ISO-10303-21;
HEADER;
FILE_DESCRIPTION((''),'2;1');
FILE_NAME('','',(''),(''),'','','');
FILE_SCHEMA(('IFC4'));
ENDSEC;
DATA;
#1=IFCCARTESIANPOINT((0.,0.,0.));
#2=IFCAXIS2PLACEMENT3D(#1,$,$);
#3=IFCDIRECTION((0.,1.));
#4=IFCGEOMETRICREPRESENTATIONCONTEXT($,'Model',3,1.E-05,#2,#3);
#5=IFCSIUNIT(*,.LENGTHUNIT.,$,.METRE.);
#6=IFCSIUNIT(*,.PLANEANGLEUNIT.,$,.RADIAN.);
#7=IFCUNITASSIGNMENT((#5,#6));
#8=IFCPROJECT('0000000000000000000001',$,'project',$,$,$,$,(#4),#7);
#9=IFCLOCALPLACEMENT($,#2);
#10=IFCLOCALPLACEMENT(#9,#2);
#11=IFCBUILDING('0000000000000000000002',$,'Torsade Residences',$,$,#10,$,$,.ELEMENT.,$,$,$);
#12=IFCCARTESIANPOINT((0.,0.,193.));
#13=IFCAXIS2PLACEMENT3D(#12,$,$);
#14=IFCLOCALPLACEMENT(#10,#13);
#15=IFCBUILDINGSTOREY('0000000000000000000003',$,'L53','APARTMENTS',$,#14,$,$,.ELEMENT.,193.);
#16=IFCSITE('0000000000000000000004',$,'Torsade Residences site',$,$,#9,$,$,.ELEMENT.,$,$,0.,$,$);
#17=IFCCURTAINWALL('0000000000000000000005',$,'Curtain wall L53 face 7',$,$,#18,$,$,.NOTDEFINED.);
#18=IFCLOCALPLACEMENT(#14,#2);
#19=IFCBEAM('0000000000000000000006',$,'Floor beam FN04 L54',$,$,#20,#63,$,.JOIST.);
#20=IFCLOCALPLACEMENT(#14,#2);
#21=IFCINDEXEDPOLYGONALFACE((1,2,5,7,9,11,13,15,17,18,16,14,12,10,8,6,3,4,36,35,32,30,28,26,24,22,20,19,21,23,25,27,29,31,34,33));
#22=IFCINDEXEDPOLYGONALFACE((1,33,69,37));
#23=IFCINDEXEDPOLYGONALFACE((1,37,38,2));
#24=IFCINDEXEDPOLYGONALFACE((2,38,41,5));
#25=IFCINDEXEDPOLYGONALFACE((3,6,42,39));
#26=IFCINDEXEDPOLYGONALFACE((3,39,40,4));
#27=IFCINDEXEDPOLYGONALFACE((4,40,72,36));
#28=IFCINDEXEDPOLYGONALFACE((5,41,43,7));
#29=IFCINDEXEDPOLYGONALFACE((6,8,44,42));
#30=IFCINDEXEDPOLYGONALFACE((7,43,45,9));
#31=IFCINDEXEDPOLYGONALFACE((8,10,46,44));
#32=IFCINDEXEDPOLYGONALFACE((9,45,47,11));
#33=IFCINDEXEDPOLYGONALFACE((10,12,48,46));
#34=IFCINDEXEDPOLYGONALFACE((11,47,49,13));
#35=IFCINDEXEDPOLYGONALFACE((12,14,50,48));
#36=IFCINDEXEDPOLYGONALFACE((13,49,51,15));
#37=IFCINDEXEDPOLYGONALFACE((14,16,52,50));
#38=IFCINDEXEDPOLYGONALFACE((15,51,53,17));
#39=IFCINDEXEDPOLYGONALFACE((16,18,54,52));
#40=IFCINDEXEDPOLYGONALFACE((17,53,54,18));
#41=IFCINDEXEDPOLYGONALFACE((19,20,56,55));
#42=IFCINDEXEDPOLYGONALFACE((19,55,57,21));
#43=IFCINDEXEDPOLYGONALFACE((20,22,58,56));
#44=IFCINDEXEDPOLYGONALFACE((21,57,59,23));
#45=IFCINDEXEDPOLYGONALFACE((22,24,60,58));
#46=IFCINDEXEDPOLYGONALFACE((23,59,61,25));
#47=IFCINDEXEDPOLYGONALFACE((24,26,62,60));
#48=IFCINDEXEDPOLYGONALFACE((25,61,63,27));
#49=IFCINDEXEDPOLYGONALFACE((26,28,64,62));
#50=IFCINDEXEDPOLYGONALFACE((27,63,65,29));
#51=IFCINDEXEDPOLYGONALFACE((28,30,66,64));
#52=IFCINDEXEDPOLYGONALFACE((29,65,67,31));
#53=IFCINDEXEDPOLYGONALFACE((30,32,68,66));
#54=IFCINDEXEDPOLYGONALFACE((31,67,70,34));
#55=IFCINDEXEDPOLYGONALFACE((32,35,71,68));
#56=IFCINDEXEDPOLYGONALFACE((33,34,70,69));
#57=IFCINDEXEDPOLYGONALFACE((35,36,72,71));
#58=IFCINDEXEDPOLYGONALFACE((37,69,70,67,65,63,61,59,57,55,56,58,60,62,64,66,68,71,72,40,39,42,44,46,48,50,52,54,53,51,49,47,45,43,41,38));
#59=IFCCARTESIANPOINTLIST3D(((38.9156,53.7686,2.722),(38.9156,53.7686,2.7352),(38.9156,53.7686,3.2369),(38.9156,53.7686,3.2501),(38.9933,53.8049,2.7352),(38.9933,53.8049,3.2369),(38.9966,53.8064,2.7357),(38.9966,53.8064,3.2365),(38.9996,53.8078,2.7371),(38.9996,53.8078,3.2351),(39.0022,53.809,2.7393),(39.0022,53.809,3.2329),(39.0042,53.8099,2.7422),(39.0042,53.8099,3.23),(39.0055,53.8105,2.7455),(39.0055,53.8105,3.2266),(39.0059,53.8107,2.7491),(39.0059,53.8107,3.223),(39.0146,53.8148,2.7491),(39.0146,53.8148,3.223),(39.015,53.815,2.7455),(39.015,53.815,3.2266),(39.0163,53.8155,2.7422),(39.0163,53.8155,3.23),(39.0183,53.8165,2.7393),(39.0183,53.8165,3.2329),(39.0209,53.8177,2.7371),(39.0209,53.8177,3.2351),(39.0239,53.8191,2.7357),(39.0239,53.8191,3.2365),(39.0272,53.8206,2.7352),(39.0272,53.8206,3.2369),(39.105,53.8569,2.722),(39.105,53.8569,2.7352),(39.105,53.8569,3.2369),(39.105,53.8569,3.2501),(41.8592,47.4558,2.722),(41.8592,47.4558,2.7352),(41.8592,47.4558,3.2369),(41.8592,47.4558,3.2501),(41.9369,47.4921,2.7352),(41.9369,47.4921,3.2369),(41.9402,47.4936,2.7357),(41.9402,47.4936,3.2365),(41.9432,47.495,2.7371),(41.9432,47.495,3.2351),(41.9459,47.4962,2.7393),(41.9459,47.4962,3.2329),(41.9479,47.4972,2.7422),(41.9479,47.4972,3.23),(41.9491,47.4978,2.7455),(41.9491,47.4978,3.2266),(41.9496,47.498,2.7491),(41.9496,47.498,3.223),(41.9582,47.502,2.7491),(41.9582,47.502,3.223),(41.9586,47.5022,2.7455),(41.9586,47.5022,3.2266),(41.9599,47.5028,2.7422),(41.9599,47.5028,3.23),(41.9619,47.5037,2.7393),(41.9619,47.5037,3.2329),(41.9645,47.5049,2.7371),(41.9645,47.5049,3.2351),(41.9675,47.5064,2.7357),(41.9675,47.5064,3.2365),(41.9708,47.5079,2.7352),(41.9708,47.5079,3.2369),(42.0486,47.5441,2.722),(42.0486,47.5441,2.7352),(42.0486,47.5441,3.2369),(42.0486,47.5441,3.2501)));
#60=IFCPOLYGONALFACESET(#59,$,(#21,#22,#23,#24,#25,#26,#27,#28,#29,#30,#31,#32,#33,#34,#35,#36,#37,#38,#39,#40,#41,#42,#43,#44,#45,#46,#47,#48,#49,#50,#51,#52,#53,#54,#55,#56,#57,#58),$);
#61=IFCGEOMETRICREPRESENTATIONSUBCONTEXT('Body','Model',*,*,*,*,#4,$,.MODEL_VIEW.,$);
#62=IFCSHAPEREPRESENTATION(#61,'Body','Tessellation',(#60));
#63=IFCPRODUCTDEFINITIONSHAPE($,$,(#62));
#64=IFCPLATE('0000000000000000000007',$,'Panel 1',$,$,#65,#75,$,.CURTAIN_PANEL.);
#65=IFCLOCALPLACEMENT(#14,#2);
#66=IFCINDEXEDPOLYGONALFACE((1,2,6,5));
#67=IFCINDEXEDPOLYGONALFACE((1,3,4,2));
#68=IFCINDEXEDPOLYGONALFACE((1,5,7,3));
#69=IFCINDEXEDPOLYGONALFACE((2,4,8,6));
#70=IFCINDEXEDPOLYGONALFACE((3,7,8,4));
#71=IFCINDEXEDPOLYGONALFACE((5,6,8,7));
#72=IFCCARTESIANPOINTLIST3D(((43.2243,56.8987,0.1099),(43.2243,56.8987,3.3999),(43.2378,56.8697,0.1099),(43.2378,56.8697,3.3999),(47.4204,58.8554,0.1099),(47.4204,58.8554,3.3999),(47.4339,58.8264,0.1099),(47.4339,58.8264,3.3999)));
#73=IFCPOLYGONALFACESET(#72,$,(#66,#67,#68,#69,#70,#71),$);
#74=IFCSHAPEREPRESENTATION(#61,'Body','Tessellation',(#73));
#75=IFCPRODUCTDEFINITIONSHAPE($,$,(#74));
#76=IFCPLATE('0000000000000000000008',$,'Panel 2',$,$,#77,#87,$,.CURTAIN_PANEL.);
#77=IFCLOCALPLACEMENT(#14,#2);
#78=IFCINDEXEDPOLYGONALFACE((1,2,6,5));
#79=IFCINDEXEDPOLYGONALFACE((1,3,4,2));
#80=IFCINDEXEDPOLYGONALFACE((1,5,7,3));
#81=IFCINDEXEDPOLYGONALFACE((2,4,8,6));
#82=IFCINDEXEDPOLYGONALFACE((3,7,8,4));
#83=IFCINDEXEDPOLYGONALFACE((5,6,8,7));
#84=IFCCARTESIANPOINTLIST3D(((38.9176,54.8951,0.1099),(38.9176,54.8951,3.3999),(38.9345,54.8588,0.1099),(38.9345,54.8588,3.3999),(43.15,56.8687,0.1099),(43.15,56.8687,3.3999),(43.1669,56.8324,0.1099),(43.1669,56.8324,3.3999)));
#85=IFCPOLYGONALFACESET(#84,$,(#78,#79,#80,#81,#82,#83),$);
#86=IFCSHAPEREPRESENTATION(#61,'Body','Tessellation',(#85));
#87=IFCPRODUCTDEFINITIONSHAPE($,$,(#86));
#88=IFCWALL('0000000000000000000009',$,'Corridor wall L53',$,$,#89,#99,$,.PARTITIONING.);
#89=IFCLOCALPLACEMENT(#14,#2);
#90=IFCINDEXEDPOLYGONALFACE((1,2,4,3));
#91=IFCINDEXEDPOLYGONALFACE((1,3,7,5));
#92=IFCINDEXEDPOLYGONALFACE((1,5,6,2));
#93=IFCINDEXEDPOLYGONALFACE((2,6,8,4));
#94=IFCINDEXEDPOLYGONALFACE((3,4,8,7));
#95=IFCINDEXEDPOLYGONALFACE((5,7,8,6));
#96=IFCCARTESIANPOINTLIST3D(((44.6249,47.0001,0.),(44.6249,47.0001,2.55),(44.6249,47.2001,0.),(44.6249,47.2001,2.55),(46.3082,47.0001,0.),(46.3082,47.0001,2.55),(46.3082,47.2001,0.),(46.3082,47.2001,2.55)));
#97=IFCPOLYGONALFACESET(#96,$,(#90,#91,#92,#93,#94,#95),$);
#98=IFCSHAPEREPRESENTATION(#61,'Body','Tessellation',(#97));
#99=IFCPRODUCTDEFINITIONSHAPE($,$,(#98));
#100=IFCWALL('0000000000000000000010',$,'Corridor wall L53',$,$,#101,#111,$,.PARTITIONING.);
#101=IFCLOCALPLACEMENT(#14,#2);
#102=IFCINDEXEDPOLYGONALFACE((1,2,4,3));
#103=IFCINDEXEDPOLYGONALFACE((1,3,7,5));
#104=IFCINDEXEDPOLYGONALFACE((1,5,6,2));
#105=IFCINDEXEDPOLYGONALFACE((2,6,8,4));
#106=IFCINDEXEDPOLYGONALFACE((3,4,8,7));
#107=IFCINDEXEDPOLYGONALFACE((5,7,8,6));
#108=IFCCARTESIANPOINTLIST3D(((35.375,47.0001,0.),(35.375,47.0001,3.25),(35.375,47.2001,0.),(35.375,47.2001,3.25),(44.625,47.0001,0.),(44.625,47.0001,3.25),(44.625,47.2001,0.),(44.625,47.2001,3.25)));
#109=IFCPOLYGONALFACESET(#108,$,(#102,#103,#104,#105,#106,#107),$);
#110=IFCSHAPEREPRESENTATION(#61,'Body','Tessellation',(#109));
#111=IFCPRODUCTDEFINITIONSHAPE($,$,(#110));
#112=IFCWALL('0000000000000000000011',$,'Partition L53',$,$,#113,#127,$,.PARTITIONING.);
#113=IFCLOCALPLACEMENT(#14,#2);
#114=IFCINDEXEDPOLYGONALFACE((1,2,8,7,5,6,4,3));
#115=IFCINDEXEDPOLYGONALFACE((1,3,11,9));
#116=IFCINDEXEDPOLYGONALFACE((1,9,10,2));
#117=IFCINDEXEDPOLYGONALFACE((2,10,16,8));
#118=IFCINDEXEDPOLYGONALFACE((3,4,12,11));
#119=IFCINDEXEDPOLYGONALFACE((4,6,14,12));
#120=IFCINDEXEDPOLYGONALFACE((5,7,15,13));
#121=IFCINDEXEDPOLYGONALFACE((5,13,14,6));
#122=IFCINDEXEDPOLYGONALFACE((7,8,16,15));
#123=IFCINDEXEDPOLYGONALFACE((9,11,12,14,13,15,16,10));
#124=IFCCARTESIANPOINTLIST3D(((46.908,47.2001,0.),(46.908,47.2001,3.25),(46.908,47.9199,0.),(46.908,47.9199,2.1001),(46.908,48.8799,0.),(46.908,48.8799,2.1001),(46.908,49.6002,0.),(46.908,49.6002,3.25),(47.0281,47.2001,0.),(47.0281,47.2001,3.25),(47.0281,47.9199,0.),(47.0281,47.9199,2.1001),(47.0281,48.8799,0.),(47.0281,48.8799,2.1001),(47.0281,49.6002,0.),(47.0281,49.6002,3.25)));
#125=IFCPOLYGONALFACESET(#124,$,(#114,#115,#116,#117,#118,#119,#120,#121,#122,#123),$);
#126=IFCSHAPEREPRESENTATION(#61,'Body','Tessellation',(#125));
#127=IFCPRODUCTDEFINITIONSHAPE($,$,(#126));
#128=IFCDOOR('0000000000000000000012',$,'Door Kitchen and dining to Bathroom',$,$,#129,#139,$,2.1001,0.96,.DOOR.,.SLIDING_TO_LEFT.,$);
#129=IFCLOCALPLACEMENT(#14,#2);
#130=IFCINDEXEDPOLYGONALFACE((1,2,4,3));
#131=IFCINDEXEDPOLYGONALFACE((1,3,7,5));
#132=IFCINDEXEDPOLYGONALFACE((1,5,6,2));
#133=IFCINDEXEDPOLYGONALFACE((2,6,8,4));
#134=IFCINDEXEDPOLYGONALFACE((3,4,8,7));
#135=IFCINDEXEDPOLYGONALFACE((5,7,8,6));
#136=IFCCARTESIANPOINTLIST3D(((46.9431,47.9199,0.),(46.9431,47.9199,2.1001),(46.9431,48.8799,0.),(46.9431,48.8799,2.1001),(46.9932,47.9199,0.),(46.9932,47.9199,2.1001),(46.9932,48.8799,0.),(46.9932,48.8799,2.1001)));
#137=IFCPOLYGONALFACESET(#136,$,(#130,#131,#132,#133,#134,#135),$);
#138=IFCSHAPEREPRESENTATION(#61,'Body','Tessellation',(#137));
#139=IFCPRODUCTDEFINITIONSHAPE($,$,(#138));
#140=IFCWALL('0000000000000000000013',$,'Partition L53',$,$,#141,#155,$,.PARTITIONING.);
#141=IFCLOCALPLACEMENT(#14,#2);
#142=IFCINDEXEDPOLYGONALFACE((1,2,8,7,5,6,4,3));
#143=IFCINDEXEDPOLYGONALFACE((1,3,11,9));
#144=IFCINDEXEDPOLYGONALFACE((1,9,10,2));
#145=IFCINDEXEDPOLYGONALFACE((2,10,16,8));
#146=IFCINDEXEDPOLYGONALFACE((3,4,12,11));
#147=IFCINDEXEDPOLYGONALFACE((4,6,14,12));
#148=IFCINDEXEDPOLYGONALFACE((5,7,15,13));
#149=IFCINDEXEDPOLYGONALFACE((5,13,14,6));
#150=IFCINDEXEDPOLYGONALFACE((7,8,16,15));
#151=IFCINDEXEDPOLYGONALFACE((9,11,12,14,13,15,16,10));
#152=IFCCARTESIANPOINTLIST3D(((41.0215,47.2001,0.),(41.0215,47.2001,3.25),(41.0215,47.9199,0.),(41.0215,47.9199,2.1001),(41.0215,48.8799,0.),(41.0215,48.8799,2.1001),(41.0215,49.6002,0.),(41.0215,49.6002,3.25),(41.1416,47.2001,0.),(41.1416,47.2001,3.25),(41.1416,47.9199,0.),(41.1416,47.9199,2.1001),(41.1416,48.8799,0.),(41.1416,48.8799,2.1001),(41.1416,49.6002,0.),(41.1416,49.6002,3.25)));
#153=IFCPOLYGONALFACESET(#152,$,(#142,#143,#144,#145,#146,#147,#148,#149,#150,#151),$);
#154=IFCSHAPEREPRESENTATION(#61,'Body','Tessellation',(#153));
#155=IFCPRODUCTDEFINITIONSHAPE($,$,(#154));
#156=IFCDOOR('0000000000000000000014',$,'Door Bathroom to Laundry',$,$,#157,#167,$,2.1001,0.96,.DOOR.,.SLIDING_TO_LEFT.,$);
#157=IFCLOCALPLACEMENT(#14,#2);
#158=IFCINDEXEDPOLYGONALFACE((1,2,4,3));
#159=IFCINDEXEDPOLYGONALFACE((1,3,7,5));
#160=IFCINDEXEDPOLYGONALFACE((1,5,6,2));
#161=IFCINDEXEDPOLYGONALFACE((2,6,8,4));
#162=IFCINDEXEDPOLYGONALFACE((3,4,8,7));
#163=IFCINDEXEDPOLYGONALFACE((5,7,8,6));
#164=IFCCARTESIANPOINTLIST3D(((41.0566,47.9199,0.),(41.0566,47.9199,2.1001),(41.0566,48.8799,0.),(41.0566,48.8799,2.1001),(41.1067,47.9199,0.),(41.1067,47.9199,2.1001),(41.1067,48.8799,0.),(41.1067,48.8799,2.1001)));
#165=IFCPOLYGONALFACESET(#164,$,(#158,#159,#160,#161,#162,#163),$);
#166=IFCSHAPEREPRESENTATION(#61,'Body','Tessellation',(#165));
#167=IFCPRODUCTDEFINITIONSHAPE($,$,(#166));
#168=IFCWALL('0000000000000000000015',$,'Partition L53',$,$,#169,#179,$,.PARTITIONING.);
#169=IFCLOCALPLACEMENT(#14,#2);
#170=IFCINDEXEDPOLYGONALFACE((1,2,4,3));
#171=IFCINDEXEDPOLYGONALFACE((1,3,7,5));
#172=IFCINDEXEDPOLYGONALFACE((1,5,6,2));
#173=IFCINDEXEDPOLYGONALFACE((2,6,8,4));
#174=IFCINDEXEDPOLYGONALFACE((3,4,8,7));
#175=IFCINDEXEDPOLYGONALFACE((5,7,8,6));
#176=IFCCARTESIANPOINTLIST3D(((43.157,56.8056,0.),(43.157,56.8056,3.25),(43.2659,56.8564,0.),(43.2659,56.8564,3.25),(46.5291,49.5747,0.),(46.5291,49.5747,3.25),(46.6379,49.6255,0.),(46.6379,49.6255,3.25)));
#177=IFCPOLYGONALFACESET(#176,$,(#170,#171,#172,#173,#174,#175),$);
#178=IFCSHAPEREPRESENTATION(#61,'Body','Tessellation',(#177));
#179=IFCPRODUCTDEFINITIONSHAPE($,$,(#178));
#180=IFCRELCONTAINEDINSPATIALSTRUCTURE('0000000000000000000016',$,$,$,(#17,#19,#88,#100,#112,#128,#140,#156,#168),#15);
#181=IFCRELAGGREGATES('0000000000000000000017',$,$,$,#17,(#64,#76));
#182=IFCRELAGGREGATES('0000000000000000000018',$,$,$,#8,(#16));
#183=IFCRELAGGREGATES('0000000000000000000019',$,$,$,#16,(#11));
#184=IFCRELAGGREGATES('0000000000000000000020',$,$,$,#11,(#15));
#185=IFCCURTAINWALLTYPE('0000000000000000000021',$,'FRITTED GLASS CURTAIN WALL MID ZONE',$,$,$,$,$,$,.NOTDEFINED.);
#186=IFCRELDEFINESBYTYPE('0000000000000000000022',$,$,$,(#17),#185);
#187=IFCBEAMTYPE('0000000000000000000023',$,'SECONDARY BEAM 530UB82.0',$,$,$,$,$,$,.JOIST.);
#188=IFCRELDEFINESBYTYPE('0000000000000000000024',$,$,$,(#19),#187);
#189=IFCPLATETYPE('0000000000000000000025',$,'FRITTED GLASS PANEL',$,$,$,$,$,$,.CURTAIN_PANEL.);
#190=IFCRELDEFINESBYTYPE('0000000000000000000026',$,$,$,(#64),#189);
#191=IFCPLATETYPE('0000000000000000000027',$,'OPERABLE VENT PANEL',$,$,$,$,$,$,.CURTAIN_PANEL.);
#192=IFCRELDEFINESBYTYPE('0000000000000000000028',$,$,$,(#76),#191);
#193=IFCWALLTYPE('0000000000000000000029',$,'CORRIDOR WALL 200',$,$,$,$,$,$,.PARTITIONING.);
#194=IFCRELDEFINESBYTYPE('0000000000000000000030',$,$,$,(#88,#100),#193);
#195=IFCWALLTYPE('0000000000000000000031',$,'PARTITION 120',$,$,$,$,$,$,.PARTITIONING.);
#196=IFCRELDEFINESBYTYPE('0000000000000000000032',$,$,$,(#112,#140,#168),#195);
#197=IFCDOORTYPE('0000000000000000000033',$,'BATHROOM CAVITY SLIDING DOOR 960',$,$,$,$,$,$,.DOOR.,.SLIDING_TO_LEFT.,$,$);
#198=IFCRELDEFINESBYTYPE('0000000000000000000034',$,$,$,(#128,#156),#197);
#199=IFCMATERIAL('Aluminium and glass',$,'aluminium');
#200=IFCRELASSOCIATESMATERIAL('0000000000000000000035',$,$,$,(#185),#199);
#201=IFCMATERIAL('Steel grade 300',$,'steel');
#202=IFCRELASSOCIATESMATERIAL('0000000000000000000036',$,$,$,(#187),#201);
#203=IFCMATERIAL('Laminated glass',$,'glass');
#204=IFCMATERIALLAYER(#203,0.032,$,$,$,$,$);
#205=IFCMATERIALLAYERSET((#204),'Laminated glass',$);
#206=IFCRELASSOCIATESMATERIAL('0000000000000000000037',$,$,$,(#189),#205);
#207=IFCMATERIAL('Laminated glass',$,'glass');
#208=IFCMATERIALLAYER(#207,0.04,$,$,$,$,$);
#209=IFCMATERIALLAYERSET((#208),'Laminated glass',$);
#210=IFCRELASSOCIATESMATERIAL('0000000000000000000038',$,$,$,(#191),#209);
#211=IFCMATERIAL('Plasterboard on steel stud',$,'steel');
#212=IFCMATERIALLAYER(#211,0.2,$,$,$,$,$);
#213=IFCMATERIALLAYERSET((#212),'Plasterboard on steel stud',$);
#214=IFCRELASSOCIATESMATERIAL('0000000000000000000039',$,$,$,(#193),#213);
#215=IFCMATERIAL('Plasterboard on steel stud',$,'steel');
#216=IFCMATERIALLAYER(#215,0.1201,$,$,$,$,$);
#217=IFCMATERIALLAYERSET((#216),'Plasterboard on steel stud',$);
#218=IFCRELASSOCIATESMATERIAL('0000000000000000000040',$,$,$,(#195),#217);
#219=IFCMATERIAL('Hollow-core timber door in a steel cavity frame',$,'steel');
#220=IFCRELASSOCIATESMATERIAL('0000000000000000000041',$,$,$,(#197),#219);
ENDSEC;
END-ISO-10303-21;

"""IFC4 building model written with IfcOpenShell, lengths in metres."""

from ifc_helpers import new_model, si_unit, direction, frame, frame_2d, origin, origin_2d, place, context, subcontext, project, spatial, rectangle, i_section, extrude, material, layer, layer_set, material_profile, profile_set, type_object, element, fill, aggregate, save


model = new_model("IFC4")

# Units and contexts
model_context = context("Model", 3, precision=1e-05, world=origin(), true_north=direction((0.0, 1.0)))
body_context = subcontext(model_context, "Body", "Model", "MODEL_VIEW")
ifc_project = project(units=[si_unit("LENGTHUNIT", "METRE"), si_unit("PLANEANGLEUNIT", "RADIAN")], contexts=[model_context])

# Site, building, storey
site_placement = place(None, origin())
site = spatial("IfcSite", under=ifc_project, at=site_placement, Name="Torsade Residences site", CompositionType="ELEMENT", RefElevation=0.0)
building_placement = place(site_placement, origin())
building = spatial("IfcBuilding", under=site, at=building_placement, Name="Torsade Residences", CompositionType="ELEMENT")
storey_placement = place(building_placement, frame((0.0, 0.0, 193.0)))
storey = spatial("IfcBuildingStorey", under=building, at=storey_placement, Name="L53", Description="APARTMENTS", CompositionType="ELEMENT", Elevation=193.0)

# Curtain wall
ifc_material_1 = material(Name="Aluminium and glass", Category="aluminium")
curtain_wall_type = type_object("IfcCurtainWallType", Name="FRITTED GLASS CURTAIN WALL MID ZONE", PredefinedType="NOTDEFINED", material=ifc_material_1)
curtain_wall_placement = place(storey_placement, origin())
curtain_wall = element("IfcCurtainWall", 1, at=curtain_wall_placement, inside=storey, type_object=curtain_wall_type, Name="Curtain wall L53 face 7", PredefinedType="NOTDEFINED")

# Beam
ifc_material_2 = material(Name="Steel grade 300", Category="steel")
ifc_material_profile_1 = material_profile(ifc_material_2, i_section(OverallWidth=0.209, OverallDepth=0.5281, WebThickness=0.0095, FlangeThickness=0.0132, FilletRadius=0.0139, at=origin_2d()), Name="530UB82.0")
ifc_profile_set_1 = profile_set([ifc_material_profile_1], Name="Steel grade 300")
beam_type_1 = type_object("IfcBeamType", Name="SECONDARY BEAM 530UB82.0", PredefinedType="JOIST", material=ifc_profile_set_1)
beam_1_placement = place(storey_placement, frame((39.0103, 53.8127, 2.9861), z_axis=(0.422609, -0.906312, 0.0), x_axis=(0.906312, 0.422609, 0.0)))
element("IfcBeam", 2, at=beam_1_placement, inside=storey, type_object=beam_type_1, Name="Floor beam FN04 L54", PredefinedType="JOIST", context=body_context, shape_type="SweptSolid", body=[
    extrude(i_section(OverallWidth=0.209, OverallDepth=0.5281, WebThickness=0.0095, FlangeThickness=0.0132, FilletRadius=0.0139, at=origin_2d()), origin(), (0.0, 0.0, 1.0), 6.9653),
])

# Plates
ifc_material_3 = material(Name="Laminated glass", Category="glass")
ifc_layer_1 = layer(ifc_material_3, 0.032)
ifc_layer_set_1 = layer_set([ifc_layer_1], Name="Laminated glass")
plate_type_1 = type_object("IfcPlateType", Name="FRITTED GLASS PANEL", PredefinedType="CURTAIN_PANEL", material=ifc_layer_set_1)
plate_1_placement = place(storey_placement, frame((45.3291, 57.8625, 0.1099), z_axis=(0.0, 0.0, 1.0), x_axis=(-0.906308, -0.422618, 0.0)))
plate_1 = element("IfcPlate", 3, at=plate_1_placement, type_object=plate_type_1, Name="Panel 1", PredefinedType="CURTAIN_PANEL", context=body_context, shape_type="SweptSolid", body=[
    extrude(rectangle(XDim=4.6299, YDim=0.032, at=origin_2d()), origin(), (0.0, 0.0, 1.0), 3.29),
])
ifc_material_4 = material(Name="Laminated glass", Category="glass")
ifc_layer_2 = layer(ifc_material_4, 0.04)
ifc_layer_set_2 = layer_set([ifc_layer_2], Name="Laminated glass")
plate_type_2 = type_object("IfcPlateType", Name="OPERABLE VENT PANEL", PredefinedType="CURTAIN_PANEL", material=ifc_layer_set_2)
plate_2_placement = place(storey_placement, frame((41.0422, 55.8638, 0.1099), z_axis=(0.0, 0.0, 1.0), x_axis=(-0.906308, -0.422618, 0.0)))
plate_2 = element("IfcPlate", 4, at=plate_2_placement, type_object=plate_type_2, Name="Panel 2", PredefinedType="CURTAIN_PANEL", context=body_context, shape_type="SweptSolid", body=[
    extrude(rectangle(XDim=4.6699, YDim=0.04, at=origin_2d()), origin(), (0.0, 0.0, 1.0), 3.29),
])
aggregate(curtain_wall, [plate_1, plate_2])

# Walls
ifc_material_5 = material(Name="Plasterboard on steel stud", Category="steel")
ifc_layer_3 = layer(ifc_material_5, 0.2)
ifc_layer_set_3 = layer_set([ifc_layer_3], Name="Plasterboard on steel stud")
wall_type_1 = type_object("IfcWallType", Name="CORRIDOR WALL 200", PredefinedType="PARTITIONING", material=ifc_layer_set_3)
wall_1_placement = place(storey_placement, frame((46.3083, 47.1001, 0.0), z_axis=(0.0, 0.0, 1.0), x_axis=(-1.0, 0.0, 0.0)))
element("IfcWall", 5, at=wall_1_placement, inside=storey, type_object=wall_type_1, Name="Corridor wall L53", PredefinedType="PARTITIONING", context=body_context, shape_type="SweptSolid", body=[
    extrude(rectangle(XDim=1.6833, YDim=0.2, at=frame_2d((0.8418, 0.0))), origin(), (0.0, 0.0, 1.0), 2.55),
])
wall_2_placement = place(storey_placement, frame((44.625, 47.1001, 0.0), z_axis=(0.0, 0.0, 1.0), x_axis=(-1.0, 0.0, 0.0)))
element("IfcWall", 6, at=wall_2_placement, inside=storey, type_object=wall_type_1, Name="Corridor wall L53", PredefinedType="PARTITIONING", context=body_context, shape_type="SweptSolid", body=[
    extrude(rectangle(XDim=9.25, YDim=0.2, at=frame_2d((4.625, 0.0))), origin(), (0.0, 0.0, 1.0), 3.25),
])

# Walls, openings, doors
ifc_material_6 = material(Name="Plasterboard on steel stud", Category="steel")
ifc_layer_4 = layer(ifc_material_6, 0.1201)
ifc_layer_set_4 = layer_set([ifc_layer_4], Name="Plasterboard on steel stud")
wall_type_2 = type_object("IfcWallType", Name="PARTITION 120", PredefinedType="PARTITIONING", material=ifc_layer_set_4)
wall_3_placement = place(storey_placement, frame((46.968, 47.2, 0.0), z_axis=(0.0, 0.0, 1.0), x_axis=(0.0, 1.0, 0.0)))
wall_3 = element("IfcWall", 7, at=wall_3_placement, inside=storey, type_object=wall_type_2, Name="Partition L53", PredefinedType="PARTITIONING", context=body_context, shape_type="SweptSolid", body=[
    extrude(rectangle(XDim=2.4001, YDim=0.1201, at=frame_2d((1.2002, 0.0))), origin(), (0.0, 0.0, 1.0), 3.25),
])
opening_1_placement = place(wall_3_placement, frame((0.72, 0.0, 0.0)))
opening_1 = element("IfcOpeningElement", 8, at=opening_1_placement, cuts=wall_3, PredefinedType="OPENING", context=body_context, shape_type="SweptSolid", body=[
    extrude(rectangle(XDim=0.96, YDim=2.1001, at=frame_2d((0.48, 1.05))), frame((0.0, 0.0701, 0.0), z_axis=(0.0, -1.0, 0.0), x_axis=(1.0, 0.0, 0.0)), (0.0, 0.0, 1.0), 0.1401),
])
ifc_material_7 = material(Name="Hollow-core timber door in a steel cavity frame", Category="steel")
door_type = type_object("IfcDoorType", Name="BATHROOM CAVITY SLIDING DOOR 960", OperationType="SLIDING_TO_LEFT", PredefinedType="DOOR", material=ifc_material_7)
door_1_placement = place(opening_1_placement, origin())
door_1 = element("IfcDoor", 9, at=door_1_placement, inside=storey, type_object=door_type, Name="Door Kitchen and dining to Bathroom", OperationType="SLIDING_TO_LEFT", OverallHeight=2.1001, OverallWidth=0.96, PredefinedType="DOOR", context=body_context, shape_type="SweptSolid", body=[
    extrude(rectangle(XDim=0.96, YDim=2.1001, at=frame_2d((0.48, 1.05))), frame((0.0, 0.0249, 0.0), z_axis=(0.0, -1.0, 0.0), x_axis=(1.0, 0.0, 0.0)), (0.0, 0.0, 1.0), 0.05),
])
fill(opening_1, door_1)
wall_4_placement = place(storey_placement, frame((41.0815, 47.2, 0.0), z_axis=(0.0, 0.0, 1.0), x_axis=(0.0, 1.0, 0.0)))
wall_4 = element("IfcWall", 10, at=wall_4_placement, inside=storey, type_object=wall_type_2, Name="Partition L53", PredefinedType="PARTITIONING", context=body_context, shape_type="SweptSolid", body=[
    extrude(rectangle(XDim=2.4001, YDim=0.1201, at=frame_2d((1.2002, 0.0))), origin(), (0.0, 0.0, 1.0), 3.25),
])
opening_2_placement = place(wall_4_placement, frame((0.72, 0.0, 0.0)))
opening_2 = element("IfcOpeningElement", 11, at=opening_2_placement, cuts=wall_4, PredefinedType="OPENING", context=body_context, shape_type="SweptSolid", body=[
    extrude(rectangle(XDim=0.96, YDim=2.1001, at=frame_2d((0.48, 1.05))), frame((0.0, 0.0701, 0.0), z_axis=(0.0, -1.0, 0.0), x_axis=(1.0, 0.0, 0.0)), (0.0, 0.0, 1.0), 0.1401),
])
door_2_placement = place(opening_2_placement, origin())
door_2 = element("IfcDoor", 12, at=door_2_placement, inside=storey, type_object=door_type, Name="Door Bathroom to Laundry", OperationType="SLIDING_TO_LEFT", OverallHeight=2.1001, OverallWidth=0.96, PredefinedType="DOOR", context=body_context, shape_type="SweptSolid", body=[
    extrude(rectangle(XDim=0.96, YDim=2.1001, at=frame_2d((0.48, 1.05))), frame((0.0, 0.0249, 0.0), z_axis=(0.0, -1.0, 0.0), x_axis=(1.0, 0.0, 0.0)), (0.0, 0.0, 1.0), 0.05),
])
fill(opening_2, door_2)

# Wall
wall_5_placement = place(storey_placement, frame((46.5835, 49.6001, 0.0), z_axis=(0.0, 0.0, 1.0), x_axis=(-0.422641, 0.906297, 0.0)))
element("IfcWall", 13, at=wall_5_placement, inside=storey, type_object=wall_type_2, Name="Partition L53", PredefinedType="PARTITIONING", context=body_context, shape_type="SweptSolid", body=[
    extrude(rectangle(XDim=7.9785, YDim=0.1201, at=frame_2d((3.9893, 0.0))), origin(), (0.0, 0.0, 1.0), 3.25),
])

save(model, "model.ifc")
